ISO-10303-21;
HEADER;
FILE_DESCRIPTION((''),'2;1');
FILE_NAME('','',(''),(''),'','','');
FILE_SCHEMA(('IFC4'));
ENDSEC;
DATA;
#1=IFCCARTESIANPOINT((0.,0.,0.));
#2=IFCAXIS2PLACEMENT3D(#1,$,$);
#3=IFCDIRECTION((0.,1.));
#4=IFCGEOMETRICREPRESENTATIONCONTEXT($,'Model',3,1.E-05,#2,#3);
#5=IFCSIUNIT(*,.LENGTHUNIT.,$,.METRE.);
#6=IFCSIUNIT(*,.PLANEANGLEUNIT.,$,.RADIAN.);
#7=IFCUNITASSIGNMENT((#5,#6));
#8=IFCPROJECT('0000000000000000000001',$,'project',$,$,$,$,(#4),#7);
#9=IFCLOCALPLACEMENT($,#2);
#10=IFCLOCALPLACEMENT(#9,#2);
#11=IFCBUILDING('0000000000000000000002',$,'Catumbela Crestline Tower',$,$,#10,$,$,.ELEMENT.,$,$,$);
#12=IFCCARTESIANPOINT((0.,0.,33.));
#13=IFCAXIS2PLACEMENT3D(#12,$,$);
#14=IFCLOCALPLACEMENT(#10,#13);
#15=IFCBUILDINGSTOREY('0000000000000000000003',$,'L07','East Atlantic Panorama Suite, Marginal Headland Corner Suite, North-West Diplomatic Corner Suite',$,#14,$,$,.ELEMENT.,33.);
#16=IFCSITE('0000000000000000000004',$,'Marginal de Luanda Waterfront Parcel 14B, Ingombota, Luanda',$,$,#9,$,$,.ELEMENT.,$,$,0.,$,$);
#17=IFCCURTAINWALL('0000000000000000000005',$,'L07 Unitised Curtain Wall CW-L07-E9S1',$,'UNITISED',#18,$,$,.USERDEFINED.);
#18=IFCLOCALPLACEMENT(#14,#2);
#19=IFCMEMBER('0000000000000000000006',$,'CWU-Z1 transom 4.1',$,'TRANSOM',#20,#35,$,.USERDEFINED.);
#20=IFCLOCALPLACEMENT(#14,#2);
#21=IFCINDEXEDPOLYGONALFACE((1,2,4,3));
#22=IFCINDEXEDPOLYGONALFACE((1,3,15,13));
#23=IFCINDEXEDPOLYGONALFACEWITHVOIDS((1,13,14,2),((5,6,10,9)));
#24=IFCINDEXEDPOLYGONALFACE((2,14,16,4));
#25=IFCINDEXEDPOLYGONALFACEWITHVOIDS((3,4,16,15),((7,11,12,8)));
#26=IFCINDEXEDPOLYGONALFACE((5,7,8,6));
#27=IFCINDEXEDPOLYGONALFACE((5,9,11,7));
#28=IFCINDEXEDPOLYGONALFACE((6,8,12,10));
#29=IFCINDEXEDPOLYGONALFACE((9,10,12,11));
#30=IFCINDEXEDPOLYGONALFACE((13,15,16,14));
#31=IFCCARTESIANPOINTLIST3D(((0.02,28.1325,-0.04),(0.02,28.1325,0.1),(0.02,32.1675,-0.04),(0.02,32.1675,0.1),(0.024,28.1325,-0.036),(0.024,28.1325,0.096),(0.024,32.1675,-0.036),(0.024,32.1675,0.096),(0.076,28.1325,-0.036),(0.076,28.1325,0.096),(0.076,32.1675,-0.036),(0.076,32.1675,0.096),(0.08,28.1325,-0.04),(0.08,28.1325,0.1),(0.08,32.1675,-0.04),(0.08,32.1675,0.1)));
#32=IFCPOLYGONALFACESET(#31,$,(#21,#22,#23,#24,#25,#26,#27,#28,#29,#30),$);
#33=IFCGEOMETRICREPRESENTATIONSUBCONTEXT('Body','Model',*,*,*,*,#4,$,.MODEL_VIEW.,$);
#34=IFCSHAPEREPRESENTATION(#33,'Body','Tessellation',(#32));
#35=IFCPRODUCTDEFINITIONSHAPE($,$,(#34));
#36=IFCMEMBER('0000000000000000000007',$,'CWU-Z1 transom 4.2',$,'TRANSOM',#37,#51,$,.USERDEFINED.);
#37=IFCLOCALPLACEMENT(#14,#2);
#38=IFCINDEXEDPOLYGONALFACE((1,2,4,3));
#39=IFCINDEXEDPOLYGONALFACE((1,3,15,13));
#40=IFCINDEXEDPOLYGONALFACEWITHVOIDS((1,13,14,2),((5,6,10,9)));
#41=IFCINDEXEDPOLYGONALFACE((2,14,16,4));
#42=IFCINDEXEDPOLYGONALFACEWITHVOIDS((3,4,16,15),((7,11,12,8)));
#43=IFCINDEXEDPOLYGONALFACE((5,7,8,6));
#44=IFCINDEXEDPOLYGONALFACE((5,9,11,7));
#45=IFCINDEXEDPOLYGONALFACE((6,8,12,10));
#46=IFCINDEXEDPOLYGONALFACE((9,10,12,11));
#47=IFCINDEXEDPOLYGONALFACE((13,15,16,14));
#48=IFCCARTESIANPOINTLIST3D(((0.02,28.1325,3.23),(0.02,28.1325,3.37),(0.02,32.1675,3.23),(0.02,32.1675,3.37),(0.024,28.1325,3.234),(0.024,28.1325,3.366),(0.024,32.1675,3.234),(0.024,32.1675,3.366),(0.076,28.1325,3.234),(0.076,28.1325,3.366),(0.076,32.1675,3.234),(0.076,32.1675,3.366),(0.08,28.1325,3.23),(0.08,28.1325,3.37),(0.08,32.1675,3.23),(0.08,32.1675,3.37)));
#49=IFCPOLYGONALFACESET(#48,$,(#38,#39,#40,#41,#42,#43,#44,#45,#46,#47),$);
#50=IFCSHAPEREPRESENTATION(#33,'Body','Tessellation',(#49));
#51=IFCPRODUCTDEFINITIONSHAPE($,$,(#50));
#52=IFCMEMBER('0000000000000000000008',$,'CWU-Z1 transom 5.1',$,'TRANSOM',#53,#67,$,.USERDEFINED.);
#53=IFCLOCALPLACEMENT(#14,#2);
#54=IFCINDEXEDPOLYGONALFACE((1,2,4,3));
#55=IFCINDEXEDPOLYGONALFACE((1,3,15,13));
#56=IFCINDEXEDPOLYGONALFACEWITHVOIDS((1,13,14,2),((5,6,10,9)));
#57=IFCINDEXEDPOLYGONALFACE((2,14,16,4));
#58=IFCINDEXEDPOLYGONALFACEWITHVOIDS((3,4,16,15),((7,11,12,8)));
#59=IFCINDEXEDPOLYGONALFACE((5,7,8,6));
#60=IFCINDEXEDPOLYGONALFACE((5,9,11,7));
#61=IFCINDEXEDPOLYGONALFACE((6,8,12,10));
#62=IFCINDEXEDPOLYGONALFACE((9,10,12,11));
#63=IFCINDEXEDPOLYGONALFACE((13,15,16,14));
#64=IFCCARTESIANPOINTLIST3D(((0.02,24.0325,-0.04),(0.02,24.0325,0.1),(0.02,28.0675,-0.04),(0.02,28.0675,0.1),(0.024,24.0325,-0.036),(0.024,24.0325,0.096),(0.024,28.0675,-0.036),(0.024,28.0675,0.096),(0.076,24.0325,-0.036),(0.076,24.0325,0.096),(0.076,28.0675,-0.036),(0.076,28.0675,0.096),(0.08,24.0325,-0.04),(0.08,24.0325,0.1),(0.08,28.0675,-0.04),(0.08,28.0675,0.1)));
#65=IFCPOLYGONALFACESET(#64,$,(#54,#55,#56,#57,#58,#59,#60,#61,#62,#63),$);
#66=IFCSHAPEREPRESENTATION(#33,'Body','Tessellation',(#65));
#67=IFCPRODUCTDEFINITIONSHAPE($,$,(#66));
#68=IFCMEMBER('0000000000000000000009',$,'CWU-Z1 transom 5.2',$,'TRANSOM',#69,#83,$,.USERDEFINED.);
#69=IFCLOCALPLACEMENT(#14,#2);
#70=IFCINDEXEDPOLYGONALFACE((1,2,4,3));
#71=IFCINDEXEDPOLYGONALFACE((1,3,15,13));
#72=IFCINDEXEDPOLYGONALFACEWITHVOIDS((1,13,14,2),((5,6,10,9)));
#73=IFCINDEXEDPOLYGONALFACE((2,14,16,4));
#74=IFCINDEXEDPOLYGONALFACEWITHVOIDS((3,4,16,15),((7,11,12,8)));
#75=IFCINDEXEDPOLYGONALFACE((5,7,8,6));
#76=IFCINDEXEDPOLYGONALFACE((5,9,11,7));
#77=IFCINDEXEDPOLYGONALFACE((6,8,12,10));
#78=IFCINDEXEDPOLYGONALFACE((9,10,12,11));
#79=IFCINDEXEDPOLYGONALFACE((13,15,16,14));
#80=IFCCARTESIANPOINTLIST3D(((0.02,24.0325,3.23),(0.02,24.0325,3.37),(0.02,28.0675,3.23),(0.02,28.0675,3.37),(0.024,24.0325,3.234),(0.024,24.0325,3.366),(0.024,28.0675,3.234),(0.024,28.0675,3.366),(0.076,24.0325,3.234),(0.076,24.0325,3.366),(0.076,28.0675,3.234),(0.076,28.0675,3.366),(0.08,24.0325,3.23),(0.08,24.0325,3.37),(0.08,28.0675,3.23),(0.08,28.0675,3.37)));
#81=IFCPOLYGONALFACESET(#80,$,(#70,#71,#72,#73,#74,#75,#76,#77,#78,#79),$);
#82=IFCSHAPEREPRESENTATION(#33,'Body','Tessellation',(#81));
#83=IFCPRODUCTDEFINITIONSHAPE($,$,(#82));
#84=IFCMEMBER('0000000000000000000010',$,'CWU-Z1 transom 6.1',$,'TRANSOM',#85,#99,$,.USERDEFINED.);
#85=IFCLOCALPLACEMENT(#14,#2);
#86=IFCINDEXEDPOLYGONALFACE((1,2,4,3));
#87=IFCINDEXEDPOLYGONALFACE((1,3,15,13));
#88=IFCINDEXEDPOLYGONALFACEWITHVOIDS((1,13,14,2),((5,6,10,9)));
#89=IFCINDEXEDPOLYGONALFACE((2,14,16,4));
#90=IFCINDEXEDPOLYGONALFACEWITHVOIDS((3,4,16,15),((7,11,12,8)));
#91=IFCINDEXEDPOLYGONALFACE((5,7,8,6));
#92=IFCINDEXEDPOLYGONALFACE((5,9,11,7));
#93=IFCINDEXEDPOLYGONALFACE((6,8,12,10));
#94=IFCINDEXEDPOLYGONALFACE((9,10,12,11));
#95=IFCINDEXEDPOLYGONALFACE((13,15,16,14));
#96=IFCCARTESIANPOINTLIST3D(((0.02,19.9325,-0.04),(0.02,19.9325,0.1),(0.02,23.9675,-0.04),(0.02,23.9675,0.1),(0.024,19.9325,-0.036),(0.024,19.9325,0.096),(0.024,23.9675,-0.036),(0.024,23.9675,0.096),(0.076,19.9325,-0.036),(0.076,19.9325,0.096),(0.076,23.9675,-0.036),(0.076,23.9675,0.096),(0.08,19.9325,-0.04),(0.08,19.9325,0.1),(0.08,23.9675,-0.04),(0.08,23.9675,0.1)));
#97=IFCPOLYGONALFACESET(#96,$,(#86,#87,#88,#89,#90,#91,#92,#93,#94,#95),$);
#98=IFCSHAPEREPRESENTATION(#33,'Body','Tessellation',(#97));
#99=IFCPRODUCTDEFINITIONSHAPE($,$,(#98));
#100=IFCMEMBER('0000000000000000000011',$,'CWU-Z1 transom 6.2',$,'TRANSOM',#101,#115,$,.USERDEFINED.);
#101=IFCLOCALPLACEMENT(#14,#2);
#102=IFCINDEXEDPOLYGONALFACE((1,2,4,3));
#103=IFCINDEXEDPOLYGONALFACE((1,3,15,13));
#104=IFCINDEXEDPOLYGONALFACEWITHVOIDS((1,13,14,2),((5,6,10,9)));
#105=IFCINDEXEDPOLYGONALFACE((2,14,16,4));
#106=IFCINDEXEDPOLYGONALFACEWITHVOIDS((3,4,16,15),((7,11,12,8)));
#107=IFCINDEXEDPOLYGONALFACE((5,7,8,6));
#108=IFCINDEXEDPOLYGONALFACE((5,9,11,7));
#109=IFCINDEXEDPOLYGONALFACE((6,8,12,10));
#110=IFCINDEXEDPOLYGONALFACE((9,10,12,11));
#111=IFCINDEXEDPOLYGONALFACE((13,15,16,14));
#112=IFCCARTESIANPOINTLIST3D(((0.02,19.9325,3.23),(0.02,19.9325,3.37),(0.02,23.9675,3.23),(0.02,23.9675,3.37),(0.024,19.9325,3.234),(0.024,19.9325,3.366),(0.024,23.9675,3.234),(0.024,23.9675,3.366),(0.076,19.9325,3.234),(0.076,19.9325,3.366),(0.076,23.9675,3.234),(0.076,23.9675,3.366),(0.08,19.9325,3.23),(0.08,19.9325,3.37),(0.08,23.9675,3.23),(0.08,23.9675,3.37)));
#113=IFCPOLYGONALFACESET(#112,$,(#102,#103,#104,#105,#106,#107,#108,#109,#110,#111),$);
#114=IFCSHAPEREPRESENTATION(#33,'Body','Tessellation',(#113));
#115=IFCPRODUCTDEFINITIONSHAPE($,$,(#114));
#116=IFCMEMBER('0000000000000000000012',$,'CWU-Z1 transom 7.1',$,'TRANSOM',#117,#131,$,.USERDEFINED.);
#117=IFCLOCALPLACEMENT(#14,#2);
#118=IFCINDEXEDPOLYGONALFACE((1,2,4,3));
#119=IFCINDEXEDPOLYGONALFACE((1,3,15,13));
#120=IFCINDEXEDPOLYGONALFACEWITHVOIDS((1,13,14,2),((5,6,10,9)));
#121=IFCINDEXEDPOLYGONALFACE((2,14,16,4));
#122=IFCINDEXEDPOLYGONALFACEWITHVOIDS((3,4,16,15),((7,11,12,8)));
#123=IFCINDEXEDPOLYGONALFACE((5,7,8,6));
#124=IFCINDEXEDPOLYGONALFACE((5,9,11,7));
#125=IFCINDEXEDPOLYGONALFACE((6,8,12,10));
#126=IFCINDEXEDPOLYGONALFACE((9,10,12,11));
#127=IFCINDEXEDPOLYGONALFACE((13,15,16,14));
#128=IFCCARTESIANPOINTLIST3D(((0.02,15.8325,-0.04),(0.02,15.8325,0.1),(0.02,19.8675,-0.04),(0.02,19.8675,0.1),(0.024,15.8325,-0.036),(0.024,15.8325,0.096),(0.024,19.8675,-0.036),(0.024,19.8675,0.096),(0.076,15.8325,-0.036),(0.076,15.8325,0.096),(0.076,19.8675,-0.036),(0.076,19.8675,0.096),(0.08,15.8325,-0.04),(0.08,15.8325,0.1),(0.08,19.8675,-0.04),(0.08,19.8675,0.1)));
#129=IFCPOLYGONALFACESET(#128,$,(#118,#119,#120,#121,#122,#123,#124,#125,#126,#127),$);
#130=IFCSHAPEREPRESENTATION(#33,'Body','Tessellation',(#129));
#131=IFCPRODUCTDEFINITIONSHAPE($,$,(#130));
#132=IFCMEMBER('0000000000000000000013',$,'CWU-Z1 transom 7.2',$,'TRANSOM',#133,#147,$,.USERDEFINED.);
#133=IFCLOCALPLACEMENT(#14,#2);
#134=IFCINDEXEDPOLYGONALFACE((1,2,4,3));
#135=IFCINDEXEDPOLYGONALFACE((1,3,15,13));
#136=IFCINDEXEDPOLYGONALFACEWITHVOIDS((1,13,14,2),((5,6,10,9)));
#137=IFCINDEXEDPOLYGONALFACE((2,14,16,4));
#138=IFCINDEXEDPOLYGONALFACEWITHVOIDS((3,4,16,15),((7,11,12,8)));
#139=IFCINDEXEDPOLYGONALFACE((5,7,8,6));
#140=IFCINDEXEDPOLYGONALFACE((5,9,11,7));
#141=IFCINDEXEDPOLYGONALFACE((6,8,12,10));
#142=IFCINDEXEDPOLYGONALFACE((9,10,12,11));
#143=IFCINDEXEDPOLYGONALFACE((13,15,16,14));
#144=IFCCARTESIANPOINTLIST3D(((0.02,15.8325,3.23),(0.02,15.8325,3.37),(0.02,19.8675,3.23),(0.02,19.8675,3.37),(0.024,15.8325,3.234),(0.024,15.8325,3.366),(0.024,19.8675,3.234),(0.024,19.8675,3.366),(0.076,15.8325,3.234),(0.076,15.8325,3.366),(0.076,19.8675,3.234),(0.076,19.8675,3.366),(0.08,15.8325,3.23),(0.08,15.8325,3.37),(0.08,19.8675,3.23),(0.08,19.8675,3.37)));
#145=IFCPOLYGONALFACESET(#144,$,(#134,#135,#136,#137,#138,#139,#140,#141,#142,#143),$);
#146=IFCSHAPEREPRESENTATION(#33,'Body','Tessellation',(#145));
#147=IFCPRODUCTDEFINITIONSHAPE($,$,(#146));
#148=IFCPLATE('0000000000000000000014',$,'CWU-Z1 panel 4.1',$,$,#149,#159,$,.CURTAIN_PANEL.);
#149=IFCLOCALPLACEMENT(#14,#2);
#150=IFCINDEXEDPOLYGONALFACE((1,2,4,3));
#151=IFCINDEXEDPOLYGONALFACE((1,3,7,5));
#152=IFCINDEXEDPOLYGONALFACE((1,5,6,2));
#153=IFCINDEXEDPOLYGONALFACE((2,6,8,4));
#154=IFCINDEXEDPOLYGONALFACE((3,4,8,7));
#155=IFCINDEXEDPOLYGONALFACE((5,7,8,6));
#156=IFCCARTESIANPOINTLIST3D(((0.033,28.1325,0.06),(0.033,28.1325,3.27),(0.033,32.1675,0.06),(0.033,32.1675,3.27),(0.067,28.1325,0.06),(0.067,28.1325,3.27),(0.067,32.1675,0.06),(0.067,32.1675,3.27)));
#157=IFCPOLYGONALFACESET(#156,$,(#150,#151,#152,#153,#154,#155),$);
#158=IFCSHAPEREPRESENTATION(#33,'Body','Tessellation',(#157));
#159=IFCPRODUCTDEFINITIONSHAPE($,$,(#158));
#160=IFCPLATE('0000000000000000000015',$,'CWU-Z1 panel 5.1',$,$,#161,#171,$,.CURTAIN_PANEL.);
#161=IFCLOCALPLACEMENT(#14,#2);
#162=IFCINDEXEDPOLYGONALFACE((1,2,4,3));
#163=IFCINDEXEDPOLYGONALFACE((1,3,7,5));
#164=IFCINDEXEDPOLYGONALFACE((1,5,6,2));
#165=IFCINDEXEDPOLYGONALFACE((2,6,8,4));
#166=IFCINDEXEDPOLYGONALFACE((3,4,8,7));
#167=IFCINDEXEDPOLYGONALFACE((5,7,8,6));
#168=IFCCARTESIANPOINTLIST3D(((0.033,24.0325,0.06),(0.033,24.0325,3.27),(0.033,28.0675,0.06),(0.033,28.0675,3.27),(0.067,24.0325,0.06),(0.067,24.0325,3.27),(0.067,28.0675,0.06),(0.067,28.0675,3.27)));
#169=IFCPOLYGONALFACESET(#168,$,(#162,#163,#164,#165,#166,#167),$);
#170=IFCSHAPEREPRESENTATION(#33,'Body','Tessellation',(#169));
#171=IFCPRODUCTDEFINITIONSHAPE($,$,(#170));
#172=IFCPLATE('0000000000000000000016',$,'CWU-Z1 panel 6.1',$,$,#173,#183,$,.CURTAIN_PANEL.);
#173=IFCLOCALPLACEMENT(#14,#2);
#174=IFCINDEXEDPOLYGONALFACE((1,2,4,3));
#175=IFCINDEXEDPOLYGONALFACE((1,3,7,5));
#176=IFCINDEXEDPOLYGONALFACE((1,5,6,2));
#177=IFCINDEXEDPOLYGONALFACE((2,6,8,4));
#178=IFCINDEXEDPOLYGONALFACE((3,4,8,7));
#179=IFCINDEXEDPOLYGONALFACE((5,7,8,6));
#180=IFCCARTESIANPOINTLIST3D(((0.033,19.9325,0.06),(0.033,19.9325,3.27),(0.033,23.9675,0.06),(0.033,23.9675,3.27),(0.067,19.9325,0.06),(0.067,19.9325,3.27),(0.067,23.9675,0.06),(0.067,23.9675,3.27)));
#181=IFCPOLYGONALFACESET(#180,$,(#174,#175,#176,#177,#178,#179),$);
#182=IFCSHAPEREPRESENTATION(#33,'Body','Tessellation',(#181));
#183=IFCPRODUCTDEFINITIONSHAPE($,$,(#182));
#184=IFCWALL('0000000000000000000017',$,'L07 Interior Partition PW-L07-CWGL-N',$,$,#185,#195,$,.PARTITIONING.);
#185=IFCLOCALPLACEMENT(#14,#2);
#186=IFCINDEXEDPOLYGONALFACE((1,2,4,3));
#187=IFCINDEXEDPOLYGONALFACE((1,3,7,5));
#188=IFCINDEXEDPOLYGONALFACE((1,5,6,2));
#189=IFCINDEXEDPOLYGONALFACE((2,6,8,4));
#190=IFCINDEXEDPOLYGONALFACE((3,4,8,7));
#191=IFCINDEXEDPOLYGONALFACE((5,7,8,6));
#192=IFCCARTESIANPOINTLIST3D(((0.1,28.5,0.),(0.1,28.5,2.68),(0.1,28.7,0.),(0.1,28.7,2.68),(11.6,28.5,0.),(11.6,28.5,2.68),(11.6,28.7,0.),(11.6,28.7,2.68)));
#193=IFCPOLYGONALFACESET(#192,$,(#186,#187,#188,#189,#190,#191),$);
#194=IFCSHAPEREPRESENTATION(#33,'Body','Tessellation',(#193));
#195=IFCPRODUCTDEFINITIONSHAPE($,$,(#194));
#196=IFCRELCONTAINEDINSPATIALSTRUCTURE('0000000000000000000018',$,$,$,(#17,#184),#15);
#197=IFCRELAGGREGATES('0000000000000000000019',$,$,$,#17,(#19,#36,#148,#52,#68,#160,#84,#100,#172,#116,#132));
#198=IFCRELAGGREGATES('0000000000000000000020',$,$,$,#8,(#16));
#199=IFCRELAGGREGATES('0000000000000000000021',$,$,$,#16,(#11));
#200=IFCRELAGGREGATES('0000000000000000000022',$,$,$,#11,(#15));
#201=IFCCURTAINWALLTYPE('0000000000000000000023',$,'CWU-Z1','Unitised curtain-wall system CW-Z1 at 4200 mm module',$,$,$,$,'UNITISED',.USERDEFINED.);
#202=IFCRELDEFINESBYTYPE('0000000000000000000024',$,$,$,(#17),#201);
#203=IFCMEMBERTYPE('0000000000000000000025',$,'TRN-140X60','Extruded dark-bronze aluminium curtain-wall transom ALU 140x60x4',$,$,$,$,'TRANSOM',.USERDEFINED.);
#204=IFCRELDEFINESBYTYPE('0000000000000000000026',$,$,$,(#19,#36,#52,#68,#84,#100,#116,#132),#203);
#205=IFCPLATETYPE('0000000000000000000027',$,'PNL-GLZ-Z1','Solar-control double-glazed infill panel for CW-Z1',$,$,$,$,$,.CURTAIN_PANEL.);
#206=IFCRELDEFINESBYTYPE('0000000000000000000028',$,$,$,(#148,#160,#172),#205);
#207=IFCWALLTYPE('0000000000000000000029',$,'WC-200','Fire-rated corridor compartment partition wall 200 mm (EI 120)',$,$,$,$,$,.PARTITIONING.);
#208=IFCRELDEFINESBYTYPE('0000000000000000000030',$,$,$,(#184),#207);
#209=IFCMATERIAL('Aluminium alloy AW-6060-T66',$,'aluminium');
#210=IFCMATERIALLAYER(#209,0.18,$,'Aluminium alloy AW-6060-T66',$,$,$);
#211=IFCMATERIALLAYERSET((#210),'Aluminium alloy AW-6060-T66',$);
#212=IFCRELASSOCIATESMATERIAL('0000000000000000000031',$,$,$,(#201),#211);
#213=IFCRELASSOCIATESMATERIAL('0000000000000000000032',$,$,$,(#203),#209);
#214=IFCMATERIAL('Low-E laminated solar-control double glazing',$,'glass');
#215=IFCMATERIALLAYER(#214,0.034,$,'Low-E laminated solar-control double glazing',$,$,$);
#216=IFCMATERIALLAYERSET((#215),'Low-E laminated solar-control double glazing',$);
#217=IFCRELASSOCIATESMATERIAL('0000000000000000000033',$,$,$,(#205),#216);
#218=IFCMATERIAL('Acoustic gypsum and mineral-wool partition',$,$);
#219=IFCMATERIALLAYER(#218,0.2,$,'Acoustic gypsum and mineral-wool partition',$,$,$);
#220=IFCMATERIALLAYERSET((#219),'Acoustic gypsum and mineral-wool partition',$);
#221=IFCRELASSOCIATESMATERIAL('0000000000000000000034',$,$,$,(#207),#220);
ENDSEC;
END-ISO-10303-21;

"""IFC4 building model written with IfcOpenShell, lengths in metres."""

from ifc_helpers import new_model, si_unit, direction, frame, frame_2d, origin, origin_2d, place, context, subcontext, project, spatial, rectangle, hollow_rectangle, extrude, material, layer, layer_set, material_profile, profile_set, type_object, element, aggregate, save


model = new_model("IFC4")

# Units and contexts
model_context = context("Model", 3, precision=1e-05, world=origin(), true_north=direction((0.0, 1.0)))
body_context = subcontext(model_context, "Body", "Model", "MODEL_VIEW")
ifc_project = project(units=[si_unit("LENGTHUNIT", "METRE"), si_unit("PLANEANGLEUNIT", "RADIAN")], contexts=[model_context])

# Site, building, storey
site_placement = place(None, origin())
site = spatial("IfcSite", under=ifc_project, at=site_placement, Name="Marginal de Luanda Waterfront Parcel 14B, Ingombota, Luanda", CompositionType="ELEMENT", RefElevation=0.0)
building_placement = place(site_placement, origin())
building = spatial("IfcBuilding", under=site, at=building_placement, Name="Catumbela Crestline Tower", CompositionType="ELEMENT")
storey_placement = place(building_placement, frame((0.0, 0.0, 33.0)))
storey = spatial("IfcBuildingStorey", under=building, at=storey_placement, Name="L07", Description="East Atlantic Panorama Suite, Marginal Headland Corner Suite, North-West Diplomatic Corner Suite", CompositionType="ELEMENT", Elevation=33.0)

# Curtain wall
ifc_material_1 = material(Name="Aluminium alloy AW-6060-T66", Category="aluminium")
ifc_layer_1 = layer(ifc_material_1, 0.18, Name="Aluminium alloy AW-6060-T66")
ifc_layer_set_1 = layer_set([ifc_layer_1], Name="Aluminium alloy AW-6060-T66")
curtain_wall_type = type_object("IfcCurtainWallType", Name="CWU-Z1", Description="Unitised curtain-wall system CW-Z1 at 4200 mm module", ElementType="UNITISED", PredefinedType="USERDEFINED", material=ifc_layer_set_1)
curtain_wall_placement = place(storey_placement, origin())
curtain_wall = element("IfcCurtainWall", 1, at=curtain_wall_placement, inside=storey, type_object=curtain_wall_type, Name="L07 Unitised Curtain Wall CW-L07-E9S1", ObjectType="UNITISED", PredefinedType="USERDEFINED")

# Members
ifc_material_profile_1 = material_profile(ifc_material_1, hollow_rectangle(XDim=0.06, YDim=0.14, WallThickness=0.004, at=origin_2d()), Name="ALU 140x60x4")
ifc_profile_set_1 = profile_set([ifc_material_profile_1], Name="Aluminium alloy AW-6060-T66")
member_type_1 = type_object("IfcMemberType", Name="TRN-140X60", Description="Extruded dark-bronze aluminium curtain-wall transom ALU 140x60x4", ElementType="TRANSOM", PredefinedType="USERDEFINED", material=ifc_profile_set_1)
member_1_placement = place(storey_placement, frame((0.05, 32.1675, 0.03), z_axis=(0.0, -1.0, 0.0), x_axis=(1.0, 0.0, 0.0)))
member_1 = element("IfcMember", 2, at=member_1_placement, type_object=member_type_1, Name="CWU-Z1 transom 4.1", ObjectType="TRANSOM", PredefinedType="USERDEFINED", context=body_context, shape_type="SweptSolid", body=[
    extrude(hollow_rectangle(XDim=0.06, YDim=0.14, WallThickness=0.004, at=origin_2d()), origin(), (0.0, 0.0, 1.0), 4.035),
])
member_2_placement = place(storey_placement, frame((0.05, 32.1675, 3.3), z_axis=(0.0, -1.0, 0.0), x_axis=(1.0, 0.0, 0.0)))
member_2 = element("IfcMember", 3, at=member_2_placement, type_object=member_type_1, Name="CWU-Z1 transom 4.2", ObjectType="TRANSOM", PredefinedType="USERDEFINED", context=body_context, shape_type="SweptSolid", body=[
    extrude(hollow_rectangle(XDim=0.06, YDim=0.14, WallThickness=0.004, at=origin_2d()), origin(), (0.0, 0.0, 1.0), 4.035),
])
member_3_placement = place(storey_placement, frame((0.05, 28.0675, 0.03), z_axis=(0.0, -1.0, 0.0), x_axis=(1.0, 0.0, 0.0)))
member_3 = element("IfcMember", 4, at=member_3_placement, type_object=member_type_1, Name="CWU-Z1 transom 5.1", ObjectType="TRANSOM", PredefinedType="USERDEFINED", context=body_context, shape_type="SweptSolid", body=[
    extrude(hollow_rectangle(XDim=0.06, YDim=0.14, WallThickness=0.004, at=origin_2d()), origin(), (0.0, 0.0, 1.0), 4.035),
])
member_4_placement = place(storey_placement, frame((0.05, 28.0675, 3.3), z_axis=(0.0, -1.0, 0.0), x_axis=(1.0, 0.0, 0.0)))
member_4 = element("IfcMember", 5, at=member_4_placement, type_object=member_type_1, Name="CWU-Z1 transom 5.2", ObjectType="TRANSOM", PredefinedType="USERDEFINED", context=body_context, shape_type="SweptSolid", body=[
    extrude(hollow_rectangle(XDim=0.06, YDim=0.14, WallThickness=0.004, at=origin_2d()), origin(), (0.0, 0.0, 1.0), 4.035),
])
member_5_placement = place(storey_placement, frame((0.05, 23.9675, 0.03), z_axis=(0.0, -1.0, 0.0), x_axis=(1.0, 0.0, 0.0)))
member_5 = element("IfcMember", 6, at=member_5_placement, type_object=member_type_1, Name="CWU-Z1 transom 6.1", ObjectType="TRANSOM", PredefinedType="USERDEFINED", context=body_context, shape_type="SweptSolid", body=[
    extrude(hollow_rectangle(XDim=0.06, YDim=0.14, WallThickness=0.004, at=origin_2d()), origin(), (0.0, 0.0, 1.0), 4.035),
])
member_6_placement = place(storey_placement, frame((0.05, 23.9675, 3.3), z_axis=(0.0, -1.0, 0.0), x_axis=(1.0, 0.0, 0.0)))
member_6 = element("IfcMember", 7, at=member_6_placement, type_object=member_type_1, Name="CWU-Z1 transom 6.2", ObjectType="TRANSOM", PredefinedType="USERDEFINED", context=body_context, shape_type="SweptSolid", body=[
    extrude(hollow_rectangle(XDim=0.06, YDim=0.14, WallThickness=0.004, at=origin_2d()), origin(), (0.0, 0.0, 1.0), 4.035),
])
member_7_placement = place(storey_placement, frame((0.05, 19.8675, 0.03), z_axis=(0.0, -1.0, 0.0), x_axis=(1.0, 0.0, 0.0)))
member_7 = element("IfcMember", 8, at=member_7_placement, type_object=member_type_1, Name="CWU-Z1 transom 7.1", ObjectType="TRANSOM", PredefinedType="USERDEFINED", context=body_context, shape_type="SweptSolid", body=[
    extrude(hollow_rectangle(XDim=0.06, YDim=0.14, WallThickness=0.004, at=origin_2d()), origin(), (0.0, 0.0, 1.0), 4.035),
])
member_8_placement = place(storey_placement, frame((0.05, 19.8675, 3.3), z_axis=(0.0, -1.0, 0.0), x_axis=(1.0, 0.0, 0.0)))
member_8 = element("IfcMember", 9, at=member_8_placement, type_object=member_type_1, Name="CWU-Z1 transom 7.2", ObjectType="TRANSOM", PredefinedType="USERDEFINED", context=body_context, shape_type="SweptSolid", body=[
    extrude(hollow_rectangle(XDim=0.06, YDim=0.14, WallThickness=0.004, at=origin_2d()), origin(), (0.0, 0.0, 1.0), 4.035),
])

# Plates
ifc_material_2 = material(Name="Low-E laminated solar-control double glazing", Category="glass")
ifc_layer_2 = layer(ifc_material_2, 0.034, Name="Low-E laminated solar-control double glazing")
ifc_layer_set_2 = layer_set([ifc_layer_2], Name="Low-E laminated solar-control double glazing")
plate_type = type_object("IfcPlateType", Name="PNL-GLZ-Z1", Description="Solar-control double-glazed infill panel for CW-Z1", PredefinedType="CURTAIN_PANEL", material=ifc_layer_set_2)
plate_1_placement = place(storey_placement, frame((0.05, 30.15, 0.06), z_axis=(0.0, 0.0, 1.0), x_axis=(0.0, -1.0, 0.0)))
plate_1 = element("IfcPlate", 10, at=plate_1_placement, type_object=plate_type, Name="CWU-Z1 panel 4.1", PredefinedType="CURTAIN_PANEL", context=body_context, shape_type="SweptSolid", body=[
    extrude(rectangle(XDim=4.035, YDim=0.034, at=origin_2d()), origin(), (0.0, 0.0, 1.0), 3.21),
])
plate_2_placement = place(storey_placement, frame((0.05, 26.05, 0.06), z_axis=(0.0, 0.0, 1.0), x_axis=(0.0, -1.0, 0.0)))
plate_2 = element("IfcPlate", 11, at=plate_2_placement, type_object=plate_type, Name="CWU-Z1 panel 5.1", PredefinedType="CURTAIN_PANEL", context=body_context, shape_type="SweptSolid", body=[
    extrude(rectangle(XDim=4.035, YDim=0.034, at=origin_2d()), origin(), (0.0, 0.0, 1.0), 3.21),
])
plate_3_placement = place(storey_placement, frame((0.05, 21.95, 0.06), z_axis=(0.0, 0.0, 1.0), x_axis=(0.0, -1.0, 0.0)))
plate_3 = element("IfcPlate", 12, at=plate_3_placement, type_object=plate_type, Name="CWU-Z1 panel 6.1", PredefinedType="CURTAIN_PANEL", context=body_context, shape_type="SweptSolid", body=[
    extrude(rectangle(XDim=4.035, YDim=0.034, at=origin_2d()), origin(), (0.0, 0.0, 1.0), 3.21),
])
aggregate(curtain_wall, [member_1, member_2, plate_1, member_3, member_4, plate_2, member_5, member_6, plate_3, member_7, member_8])

# Wall
ifc_material_3 = material(Name="Acoustic gypsum and mineral-wool partition")
ifc_layer_3 = layer(ifc_material_3, 0.2, Name="Acoustic gypsum and mineral-wool partition")
ifc_layer_set_3 = layer_set([ifc_layer_3], Name="Acoustic gypsum and mineral-wool partition")
wall_type_1 = type_object("IfcWallType", Name="WC-200", Description="Fire-rated corridor compartment partition wall 200 mm (EI 120)", PredefinedType="PARTITIONING", material=ifc_layer_set_3)
wall_1_placement = place(storey_placement, frame((0.1, 28.6, 0.0), z_axis=(0.0, 0.0, 1.0), x_axis=(1.0, 0.0, 0.0)))
element("IfcWall", 13, at=wall_1_placement, inside=storey, type_object=wall_type_1, Name="L07 Interior Partition PW-L07-CWGL-N", PredefinedType="PARTITIONING", context=body_context, shape_type="SweptSolid", body=[
    extrude(rectangle(XDim=11.5, YDim=0.2, at=frame_2d((5.75, 0.0))), origin(), (0.0, 0.0, 1.0), 2.68),
])

save(model, "model.ifc")
